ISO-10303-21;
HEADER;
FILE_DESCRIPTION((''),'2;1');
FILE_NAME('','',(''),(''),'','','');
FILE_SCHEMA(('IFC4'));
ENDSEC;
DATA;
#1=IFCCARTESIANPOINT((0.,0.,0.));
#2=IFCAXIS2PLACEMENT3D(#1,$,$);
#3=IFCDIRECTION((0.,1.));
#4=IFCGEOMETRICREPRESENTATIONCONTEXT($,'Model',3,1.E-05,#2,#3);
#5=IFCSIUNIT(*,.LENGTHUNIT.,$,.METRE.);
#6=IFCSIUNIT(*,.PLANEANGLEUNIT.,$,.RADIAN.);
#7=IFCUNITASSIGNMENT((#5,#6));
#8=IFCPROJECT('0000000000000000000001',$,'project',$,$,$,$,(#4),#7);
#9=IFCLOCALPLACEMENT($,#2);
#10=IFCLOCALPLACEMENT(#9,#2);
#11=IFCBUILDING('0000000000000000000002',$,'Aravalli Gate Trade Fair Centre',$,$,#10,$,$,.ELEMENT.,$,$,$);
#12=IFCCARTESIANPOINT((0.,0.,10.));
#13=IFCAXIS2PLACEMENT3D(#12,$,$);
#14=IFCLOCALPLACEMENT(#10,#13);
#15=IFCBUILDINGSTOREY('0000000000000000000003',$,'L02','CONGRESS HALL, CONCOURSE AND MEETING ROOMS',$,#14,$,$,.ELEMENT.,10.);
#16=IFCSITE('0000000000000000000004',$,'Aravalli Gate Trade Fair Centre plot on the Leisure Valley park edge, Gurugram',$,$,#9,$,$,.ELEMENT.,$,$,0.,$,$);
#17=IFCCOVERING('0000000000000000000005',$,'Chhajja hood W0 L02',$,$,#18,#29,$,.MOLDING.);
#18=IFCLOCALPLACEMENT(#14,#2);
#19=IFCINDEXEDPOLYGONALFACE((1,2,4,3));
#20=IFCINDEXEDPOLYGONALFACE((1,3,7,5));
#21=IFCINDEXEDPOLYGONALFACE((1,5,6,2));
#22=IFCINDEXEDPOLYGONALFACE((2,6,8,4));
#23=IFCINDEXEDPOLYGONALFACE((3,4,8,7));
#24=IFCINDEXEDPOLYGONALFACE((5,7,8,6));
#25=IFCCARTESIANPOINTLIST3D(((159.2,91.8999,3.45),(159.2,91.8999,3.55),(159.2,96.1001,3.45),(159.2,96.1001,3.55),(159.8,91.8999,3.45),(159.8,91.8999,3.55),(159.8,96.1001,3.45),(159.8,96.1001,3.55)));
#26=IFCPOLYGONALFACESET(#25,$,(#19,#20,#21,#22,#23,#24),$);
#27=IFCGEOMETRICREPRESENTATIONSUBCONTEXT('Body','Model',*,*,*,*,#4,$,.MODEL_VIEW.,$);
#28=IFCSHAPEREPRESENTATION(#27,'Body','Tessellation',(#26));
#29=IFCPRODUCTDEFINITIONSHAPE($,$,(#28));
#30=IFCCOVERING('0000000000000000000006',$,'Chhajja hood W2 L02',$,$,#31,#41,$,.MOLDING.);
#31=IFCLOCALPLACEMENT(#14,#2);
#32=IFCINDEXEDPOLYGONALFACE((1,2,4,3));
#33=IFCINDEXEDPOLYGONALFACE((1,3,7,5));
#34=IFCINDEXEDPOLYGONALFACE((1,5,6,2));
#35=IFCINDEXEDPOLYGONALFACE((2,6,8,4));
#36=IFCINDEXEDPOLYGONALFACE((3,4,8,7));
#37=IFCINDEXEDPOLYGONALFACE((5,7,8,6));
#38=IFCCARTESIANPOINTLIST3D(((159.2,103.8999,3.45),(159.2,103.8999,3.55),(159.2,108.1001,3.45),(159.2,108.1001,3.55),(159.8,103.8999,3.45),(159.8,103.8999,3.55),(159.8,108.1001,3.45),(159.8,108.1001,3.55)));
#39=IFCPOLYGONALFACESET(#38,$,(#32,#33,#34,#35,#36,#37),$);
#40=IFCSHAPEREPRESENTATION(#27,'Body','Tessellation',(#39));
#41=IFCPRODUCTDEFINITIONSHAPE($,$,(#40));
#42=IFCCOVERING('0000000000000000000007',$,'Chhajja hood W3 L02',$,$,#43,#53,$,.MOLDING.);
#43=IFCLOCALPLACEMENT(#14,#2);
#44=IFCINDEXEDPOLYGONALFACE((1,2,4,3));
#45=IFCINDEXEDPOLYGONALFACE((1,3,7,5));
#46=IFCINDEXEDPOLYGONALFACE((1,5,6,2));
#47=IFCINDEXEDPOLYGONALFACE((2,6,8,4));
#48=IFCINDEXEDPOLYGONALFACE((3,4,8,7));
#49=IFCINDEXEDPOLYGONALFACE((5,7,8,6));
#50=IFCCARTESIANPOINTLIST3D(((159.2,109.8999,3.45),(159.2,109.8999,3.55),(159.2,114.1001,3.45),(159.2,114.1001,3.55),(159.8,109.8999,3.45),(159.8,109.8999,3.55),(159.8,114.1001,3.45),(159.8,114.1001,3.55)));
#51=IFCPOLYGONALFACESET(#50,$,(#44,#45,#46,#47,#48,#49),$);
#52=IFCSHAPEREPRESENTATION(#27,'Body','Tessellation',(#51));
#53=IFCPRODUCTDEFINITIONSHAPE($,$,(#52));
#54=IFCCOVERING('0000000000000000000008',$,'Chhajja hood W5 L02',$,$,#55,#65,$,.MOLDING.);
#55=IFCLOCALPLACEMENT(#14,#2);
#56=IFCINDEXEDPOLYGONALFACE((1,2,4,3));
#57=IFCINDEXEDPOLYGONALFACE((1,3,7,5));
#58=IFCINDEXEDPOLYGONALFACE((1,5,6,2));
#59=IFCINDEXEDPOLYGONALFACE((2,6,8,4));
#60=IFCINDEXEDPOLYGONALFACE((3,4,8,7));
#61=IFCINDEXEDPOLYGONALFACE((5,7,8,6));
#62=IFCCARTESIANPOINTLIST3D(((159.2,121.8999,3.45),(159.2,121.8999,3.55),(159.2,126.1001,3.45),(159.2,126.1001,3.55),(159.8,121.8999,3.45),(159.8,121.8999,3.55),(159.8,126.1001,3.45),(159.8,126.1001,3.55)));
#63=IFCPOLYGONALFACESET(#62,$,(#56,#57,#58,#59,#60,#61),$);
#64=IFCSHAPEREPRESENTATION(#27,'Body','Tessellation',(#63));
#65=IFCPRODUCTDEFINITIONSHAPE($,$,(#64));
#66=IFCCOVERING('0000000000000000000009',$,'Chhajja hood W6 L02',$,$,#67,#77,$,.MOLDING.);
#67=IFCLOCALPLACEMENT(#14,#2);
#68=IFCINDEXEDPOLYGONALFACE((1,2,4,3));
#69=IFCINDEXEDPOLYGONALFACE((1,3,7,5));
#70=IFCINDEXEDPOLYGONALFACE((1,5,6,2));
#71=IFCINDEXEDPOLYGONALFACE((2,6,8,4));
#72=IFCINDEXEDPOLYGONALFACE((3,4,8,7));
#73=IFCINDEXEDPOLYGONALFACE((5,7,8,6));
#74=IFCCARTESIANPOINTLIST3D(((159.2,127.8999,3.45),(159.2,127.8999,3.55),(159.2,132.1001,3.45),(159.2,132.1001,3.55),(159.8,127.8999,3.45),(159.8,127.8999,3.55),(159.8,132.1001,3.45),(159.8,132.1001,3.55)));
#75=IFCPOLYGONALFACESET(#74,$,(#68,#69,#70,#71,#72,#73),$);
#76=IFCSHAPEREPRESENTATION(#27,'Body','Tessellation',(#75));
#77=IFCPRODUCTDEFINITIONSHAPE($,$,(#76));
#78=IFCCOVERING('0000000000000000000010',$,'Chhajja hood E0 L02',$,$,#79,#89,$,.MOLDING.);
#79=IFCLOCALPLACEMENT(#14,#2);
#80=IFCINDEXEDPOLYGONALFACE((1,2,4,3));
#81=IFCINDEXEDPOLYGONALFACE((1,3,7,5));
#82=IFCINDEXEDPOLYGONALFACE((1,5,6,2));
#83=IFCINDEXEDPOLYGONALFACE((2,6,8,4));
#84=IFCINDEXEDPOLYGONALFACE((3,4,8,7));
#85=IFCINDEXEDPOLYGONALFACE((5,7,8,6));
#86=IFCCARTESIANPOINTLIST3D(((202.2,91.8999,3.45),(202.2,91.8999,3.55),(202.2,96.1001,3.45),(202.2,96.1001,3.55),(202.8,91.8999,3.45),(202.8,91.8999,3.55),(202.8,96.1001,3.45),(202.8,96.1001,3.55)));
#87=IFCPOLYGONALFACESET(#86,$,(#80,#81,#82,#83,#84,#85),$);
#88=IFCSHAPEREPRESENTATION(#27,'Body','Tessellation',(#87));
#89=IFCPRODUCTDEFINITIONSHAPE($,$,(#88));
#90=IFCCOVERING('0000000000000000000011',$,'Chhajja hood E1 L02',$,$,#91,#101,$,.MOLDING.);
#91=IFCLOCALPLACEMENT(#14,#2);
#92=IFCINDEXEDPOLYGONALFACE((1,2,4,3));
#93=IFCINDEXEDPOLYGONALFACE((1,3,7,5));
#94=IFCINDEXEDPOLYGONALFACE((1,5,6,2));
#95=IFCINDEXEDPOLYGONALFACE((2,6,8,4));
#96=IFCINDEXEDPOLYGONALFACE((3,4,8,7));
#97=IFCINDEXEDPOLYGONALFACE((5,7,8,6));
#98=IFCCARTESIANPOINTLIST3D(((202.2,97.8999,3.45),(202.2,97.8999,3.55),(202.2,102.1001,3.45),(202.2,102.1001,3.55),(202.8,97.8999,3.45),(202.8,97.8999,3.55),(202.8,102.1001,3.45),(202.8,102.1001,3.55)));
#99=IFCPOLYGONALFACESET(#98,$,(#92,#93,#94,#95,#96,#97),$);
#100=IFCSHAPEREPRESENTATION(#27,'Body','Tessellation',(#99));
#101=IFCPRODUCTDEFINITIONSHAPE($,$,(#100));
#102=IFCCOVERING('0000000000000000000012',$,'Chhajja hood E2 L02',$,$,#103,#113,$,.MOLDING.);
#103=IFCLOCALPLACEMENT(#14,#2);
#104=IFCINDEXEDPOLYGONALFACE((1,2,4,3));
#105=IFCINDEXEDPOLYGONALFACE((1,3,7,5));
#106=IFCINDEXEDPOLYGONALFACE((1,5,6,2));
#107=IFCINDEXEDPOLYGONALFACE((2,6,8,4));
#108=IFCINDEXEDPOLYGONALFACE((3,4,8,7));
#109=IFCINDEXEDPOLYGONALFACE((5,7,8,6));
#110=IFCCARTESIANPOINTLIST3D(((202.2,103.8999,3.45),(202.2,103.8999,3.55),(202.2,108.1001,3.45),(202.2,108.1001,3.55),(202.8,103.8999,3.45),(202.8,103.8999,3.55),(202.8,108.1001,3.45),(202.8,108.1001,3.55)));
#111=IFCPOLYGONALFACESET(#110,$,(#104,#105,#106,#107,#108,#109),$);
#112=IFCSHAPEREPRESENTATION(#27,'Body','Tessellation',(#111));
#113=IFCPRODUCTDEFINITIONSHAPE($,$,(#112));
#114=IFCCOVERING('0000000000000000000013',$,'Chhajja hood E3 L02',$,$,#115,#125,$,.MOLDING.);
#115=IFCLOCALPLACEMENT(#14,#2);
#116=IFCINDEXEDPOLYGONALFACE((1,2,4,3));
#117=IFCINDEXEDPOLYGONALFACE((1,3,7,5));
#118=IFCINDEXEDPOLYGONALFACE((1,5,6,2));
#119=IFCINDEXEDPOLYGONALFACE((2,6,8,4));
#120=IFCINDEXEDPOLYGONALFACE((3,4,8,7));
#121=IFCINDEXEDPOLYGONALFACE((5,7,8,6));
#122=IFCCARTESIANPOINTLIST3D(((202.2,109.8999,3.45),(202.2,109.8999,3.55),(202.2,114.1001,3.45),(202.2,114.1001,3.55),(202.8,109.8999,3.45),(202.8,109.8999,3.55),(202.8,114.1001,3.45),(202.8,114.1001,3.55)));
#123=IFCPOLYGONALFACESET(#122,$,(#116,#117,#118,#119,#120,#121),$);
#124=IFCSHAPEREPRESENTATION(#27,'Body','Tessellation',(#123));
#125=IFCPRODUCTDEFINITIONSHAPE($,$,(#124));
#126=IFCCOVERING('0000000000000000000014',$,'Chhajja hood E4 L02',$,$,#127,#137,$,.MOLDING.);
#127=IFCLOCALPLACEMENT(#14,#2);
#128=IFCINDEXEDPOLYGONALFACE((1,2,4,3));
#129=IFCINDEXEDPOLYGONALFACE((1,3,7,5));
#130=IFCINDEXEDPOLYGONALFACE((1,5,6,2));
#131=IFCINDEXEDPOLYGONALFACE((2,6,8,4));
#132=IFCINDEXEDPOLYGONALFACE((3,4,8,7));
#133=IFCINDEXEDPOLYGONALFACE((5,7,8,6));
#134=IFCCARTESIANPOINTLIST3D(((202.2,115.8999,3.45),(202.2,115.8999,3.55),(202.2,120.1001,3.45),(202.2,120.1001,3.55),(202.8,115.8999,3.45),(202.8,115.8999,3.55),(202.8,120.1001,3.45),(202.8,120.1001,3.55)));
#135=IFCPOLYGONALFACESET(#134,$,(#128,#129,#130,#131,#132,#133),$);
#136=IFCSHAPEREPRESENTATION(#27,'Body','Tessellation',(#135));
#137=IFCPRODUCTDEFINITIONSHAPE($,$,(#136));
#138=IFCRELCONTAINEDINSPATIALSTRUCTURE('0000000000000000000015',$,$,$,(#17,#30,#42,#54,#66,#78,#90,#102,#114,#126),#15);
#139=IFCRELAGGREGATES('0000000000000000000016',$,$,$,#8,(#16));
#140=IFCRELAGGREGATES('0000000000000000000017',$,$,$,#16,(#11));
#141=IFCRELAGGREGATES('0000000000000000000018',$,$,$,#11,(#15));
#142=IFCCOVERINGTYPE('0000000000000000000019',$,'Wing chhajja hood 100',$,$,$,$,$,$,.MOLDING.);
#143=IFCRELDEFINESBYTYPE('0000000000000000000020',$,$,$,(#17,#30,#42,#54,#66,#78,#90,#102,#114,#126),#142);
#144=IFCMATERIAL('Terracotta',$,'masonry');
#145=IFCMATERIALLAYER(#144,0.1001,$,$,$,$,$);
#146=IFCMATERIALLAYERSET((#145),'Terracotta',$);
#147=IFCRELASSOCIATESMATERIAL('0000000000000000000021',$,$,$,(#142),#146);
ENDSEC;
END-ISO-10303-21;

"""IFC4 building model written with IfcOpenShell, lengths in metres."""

from ifc_helpers import new_model, si_unit, direction, frame, origin, place, context, subcontext, project, spatial, polyline, outline, extrude, material, layer, layer_set, type_object, element, save


model = new_model("IFC4")

# Units and contexts
model_context = context("Model", 3, precision=1e-05, world=origin(), true_north=direction((0.0, 1.0)))
body_context = subcontext(model_context, "Body", "Model", "MODEL_VIEW")
ifc_project = project(units=[si_unit("LENGTHUNIT", "METRE"), si_unit("PLANEANGLEUNIT", "RADIAN")], contexts=[model_context])

# Site, building, storey
site_placement = place(None, origin())
site = spatial("IfcSite", under=ifc_project, at=site_placement, Name="Aravalli Gate Trade Fair Centre plot on the Leisure Valley park edge, Gurugram", CompositionType="ELEMENT", RefElevation=0.0)
building_placement = place(site_placement, origin())
building = spatial("IfcBuilding", under=site, at=building_placement, Name="Aravalli Gate Trade Fair Centre", CompositionType="ELEMENT")
storey_placement = place(building_placement, frame((0.0, 0.0, 10.0)))
storey = spatial("IfcBuildingStorey", under=building, at=storey_placement, Name="L02", Description="CONGRESS HALL, CONCOURSE AND MEETING ROOMS", CompositionType="ELEMENT", Elevation=10.0)

# Coverings
ifc_material_1 = material(Name="Terracotta", Category="masonry")
ifc_layer_1 = layer(ifc_material_1, 0.1001)
ifc_layer_set_1 = layer_set([ifc_layer_1], Name="Terracotta")
covering_type = type_object("IfcCoveringType", Name="Wing chhajja hood 100", PredefinedType="MOLDING", material=ifc_layer_set_1)
covering_1_placement = place(storey_placement, frame((0.0, 0.0, 3.45)))
element("IfcCovering", 1, at=covering_1_placement, inside=storey, type_object=covering_type, Name="Chhajja hood W0 L02", PredefinedType="MOLDING", context=body_context, shape_type="SweptSolid", body=[
    extrude(outline(polyline([(159.2, 91.8999), (159.8, 91.8999), (159.8, 96.1001), (159.2, 96.1001), (159.2, 91.8999)])), origin(), (0.0, 0.0, 1.0), 0.1001),
])
covering_2_placement = place(storey_placement, frame((0.0, 0.0, 3.45)))
element("IfcCovering", 2, at=covering_2_placement, inside=storey, type_object=covering_type, Name="Chhajja hood W2 L02", PredefinedType="MOLDING", context=body_context, shape_type="SweptSolid", body=[
    extrude(outline(polyline([(159.2, 103.8999), (159.8, 103.8999), (159.8, 108.1001), (159.2, 108.1001), (159.2, 103.8999)])), origin(), (0.0, 0.0, 1.0), 0.1001),
])
covering_3_placement = place(storey_placement, frame((0.0, 0.0, 3.45)))
element("IfcCovering", 3, at=covering_3_placement, inside=storey, type_object=covering_type, Name="Chhajja hood W3 L02", PredefinedType="MOLDING", context=body_context, shape_type="SweptSolid", body=[
    extrude(outline(polyline([(159.2, 109.8999), (159.8, 109.8999), (159.8, 114.1001), (159.2, 114.1001), (159.2, 109.8999)])), origin(), (0.0, 0.0, 1.0), 0.1001),
])
covering_4_placement = place(storey_placement, frame((0.0, 0.0, 3.45)))
element("IfcCovering", 4, at=covering_4_placement, inside=storey, type_object=covering_type, Name="Chhajja hood W5 L02", PredefinedType="MOLDING", context=body_context, shape_type="SweptSolid", body=[
    extrude(outline(polyline([(159.2, 121.8999), (159.8, 121.8999), (159.8, 126.1001), (159.2, 126.1001), (159.2, 121.8999)])), origin(), (0.0, 0.0, 1.0), 0.1001),
])
covering_5_placement = place(storey_placement, frame((0.0, 0.0, 3.45)))
element("IfcCovering", 5, at=covering_5_placement, inside=storey, type_object=covering_type, Name="Chhajja hood W6 L02", PredefinedType="MOLDING", context=body_context, shape_type="SweptSolid", body=[
    extrude(outline(polyline([(159.2, 127.8999), (159.8, 127.8999), (159.8, 132.1001), (159.2, 132.1001), (159.2, 127.8999)])), origin(), (0.0, 0.0, 1.0), 0.1001),
])
covering_6_placement = place(storey_placement, frame((0.0, 0.0, 3.45)))
element("IfcCovering", 6, at=covering_6_placement, inside=storey, type_object=covering_type, Name="Chhajja hood E0 L02", PredefinedType="MOLDING", context=body_context, shape_type="SweptSolid", body=[
    extrude(outline(polyline([(202.2, 91.8999), (202.8, 91.8999), (202.8, 96.1001), (202.2, 96.1001), (202.2, 91.8999)])), origin(), (0.0, 0.0, 1.0), 0.1001),
])
covering_7_placement = place(storey_placement, frame((0.0, 0.0, 3.45)))
element("IfcCovering", 7, at=covering_7_placement, inside=storey, type_object=covering_type, Name="Chhajja hood E1 L02", PredefinedType="MOLDING", context=body_context, shape_type="SweptSolid", body=[
    extrude(outline(polyline([(202.2, 97.8999), (202.8, 97.8999), (202.8, 102.1001), (202.2, 102.1001), (202.2, 97.8999)])), origin(), (0.0, 0.0, 1.0), 0.1001),
])
covering_8_placement = place(storey_placement, frame((0.0, 0.0, 3.45)))
element("IfcCovering", 8, at=covering_8_placement, inside=storey, type_object=covering_type, Name="Chhajja hood E2 L02", PredefinedType="MOLDING", context=body_context, shape_type="SweptSolid", body=[
    extrude(outline(polyline([(202.2, 103.8999), (202.8, 103.8999), (202.8, 108.1001), (202.2, 108.1001), (202.2, 103.8999)])), origin(), (0.0, 0.0, 1.0), 0.1001),
])
covering_9_placement = place(storey_placement, frame((0.0, 0.0, 3.45)))
element("IfcCovering", 9, at=covering_9_placement, inside=storey, type_object=covering_type, Name="Chhajja hood E3 L02", PredefinedType="MOLDING", context=body_context, shape_type="SweptSolid", body=[
    extrude(outline(polyline([(202.2, 109.8999), (202.8, 109.8999), (202.8, 114.1001), (202.2, 114.1001), (202.2, 109.8999)])), origin(), (0.0, 0.0, 1.0), 0.1001),
])
covering_10_placement = place(storey_placement, frame((0.0, 0.0, 3.45)))
element("IfcCovering", 10, at=covering_10_placement, inside=storey, type_object=covering_type, Name="Chhajja hood E4 L02", PredefinedType="MOLDING", context=body_context, shape_type="SweptSolid", body=[
    extrude(outline(polyline([(202.2, 115.8999), (202.8, 115.8999), (202.8, 120.1001), (202.2, 120.1001), (202.2, 115.8999)])), origin(), (0.0, 0.0, 1.0), 0.1001),
])

save(model, "model.ifc")
